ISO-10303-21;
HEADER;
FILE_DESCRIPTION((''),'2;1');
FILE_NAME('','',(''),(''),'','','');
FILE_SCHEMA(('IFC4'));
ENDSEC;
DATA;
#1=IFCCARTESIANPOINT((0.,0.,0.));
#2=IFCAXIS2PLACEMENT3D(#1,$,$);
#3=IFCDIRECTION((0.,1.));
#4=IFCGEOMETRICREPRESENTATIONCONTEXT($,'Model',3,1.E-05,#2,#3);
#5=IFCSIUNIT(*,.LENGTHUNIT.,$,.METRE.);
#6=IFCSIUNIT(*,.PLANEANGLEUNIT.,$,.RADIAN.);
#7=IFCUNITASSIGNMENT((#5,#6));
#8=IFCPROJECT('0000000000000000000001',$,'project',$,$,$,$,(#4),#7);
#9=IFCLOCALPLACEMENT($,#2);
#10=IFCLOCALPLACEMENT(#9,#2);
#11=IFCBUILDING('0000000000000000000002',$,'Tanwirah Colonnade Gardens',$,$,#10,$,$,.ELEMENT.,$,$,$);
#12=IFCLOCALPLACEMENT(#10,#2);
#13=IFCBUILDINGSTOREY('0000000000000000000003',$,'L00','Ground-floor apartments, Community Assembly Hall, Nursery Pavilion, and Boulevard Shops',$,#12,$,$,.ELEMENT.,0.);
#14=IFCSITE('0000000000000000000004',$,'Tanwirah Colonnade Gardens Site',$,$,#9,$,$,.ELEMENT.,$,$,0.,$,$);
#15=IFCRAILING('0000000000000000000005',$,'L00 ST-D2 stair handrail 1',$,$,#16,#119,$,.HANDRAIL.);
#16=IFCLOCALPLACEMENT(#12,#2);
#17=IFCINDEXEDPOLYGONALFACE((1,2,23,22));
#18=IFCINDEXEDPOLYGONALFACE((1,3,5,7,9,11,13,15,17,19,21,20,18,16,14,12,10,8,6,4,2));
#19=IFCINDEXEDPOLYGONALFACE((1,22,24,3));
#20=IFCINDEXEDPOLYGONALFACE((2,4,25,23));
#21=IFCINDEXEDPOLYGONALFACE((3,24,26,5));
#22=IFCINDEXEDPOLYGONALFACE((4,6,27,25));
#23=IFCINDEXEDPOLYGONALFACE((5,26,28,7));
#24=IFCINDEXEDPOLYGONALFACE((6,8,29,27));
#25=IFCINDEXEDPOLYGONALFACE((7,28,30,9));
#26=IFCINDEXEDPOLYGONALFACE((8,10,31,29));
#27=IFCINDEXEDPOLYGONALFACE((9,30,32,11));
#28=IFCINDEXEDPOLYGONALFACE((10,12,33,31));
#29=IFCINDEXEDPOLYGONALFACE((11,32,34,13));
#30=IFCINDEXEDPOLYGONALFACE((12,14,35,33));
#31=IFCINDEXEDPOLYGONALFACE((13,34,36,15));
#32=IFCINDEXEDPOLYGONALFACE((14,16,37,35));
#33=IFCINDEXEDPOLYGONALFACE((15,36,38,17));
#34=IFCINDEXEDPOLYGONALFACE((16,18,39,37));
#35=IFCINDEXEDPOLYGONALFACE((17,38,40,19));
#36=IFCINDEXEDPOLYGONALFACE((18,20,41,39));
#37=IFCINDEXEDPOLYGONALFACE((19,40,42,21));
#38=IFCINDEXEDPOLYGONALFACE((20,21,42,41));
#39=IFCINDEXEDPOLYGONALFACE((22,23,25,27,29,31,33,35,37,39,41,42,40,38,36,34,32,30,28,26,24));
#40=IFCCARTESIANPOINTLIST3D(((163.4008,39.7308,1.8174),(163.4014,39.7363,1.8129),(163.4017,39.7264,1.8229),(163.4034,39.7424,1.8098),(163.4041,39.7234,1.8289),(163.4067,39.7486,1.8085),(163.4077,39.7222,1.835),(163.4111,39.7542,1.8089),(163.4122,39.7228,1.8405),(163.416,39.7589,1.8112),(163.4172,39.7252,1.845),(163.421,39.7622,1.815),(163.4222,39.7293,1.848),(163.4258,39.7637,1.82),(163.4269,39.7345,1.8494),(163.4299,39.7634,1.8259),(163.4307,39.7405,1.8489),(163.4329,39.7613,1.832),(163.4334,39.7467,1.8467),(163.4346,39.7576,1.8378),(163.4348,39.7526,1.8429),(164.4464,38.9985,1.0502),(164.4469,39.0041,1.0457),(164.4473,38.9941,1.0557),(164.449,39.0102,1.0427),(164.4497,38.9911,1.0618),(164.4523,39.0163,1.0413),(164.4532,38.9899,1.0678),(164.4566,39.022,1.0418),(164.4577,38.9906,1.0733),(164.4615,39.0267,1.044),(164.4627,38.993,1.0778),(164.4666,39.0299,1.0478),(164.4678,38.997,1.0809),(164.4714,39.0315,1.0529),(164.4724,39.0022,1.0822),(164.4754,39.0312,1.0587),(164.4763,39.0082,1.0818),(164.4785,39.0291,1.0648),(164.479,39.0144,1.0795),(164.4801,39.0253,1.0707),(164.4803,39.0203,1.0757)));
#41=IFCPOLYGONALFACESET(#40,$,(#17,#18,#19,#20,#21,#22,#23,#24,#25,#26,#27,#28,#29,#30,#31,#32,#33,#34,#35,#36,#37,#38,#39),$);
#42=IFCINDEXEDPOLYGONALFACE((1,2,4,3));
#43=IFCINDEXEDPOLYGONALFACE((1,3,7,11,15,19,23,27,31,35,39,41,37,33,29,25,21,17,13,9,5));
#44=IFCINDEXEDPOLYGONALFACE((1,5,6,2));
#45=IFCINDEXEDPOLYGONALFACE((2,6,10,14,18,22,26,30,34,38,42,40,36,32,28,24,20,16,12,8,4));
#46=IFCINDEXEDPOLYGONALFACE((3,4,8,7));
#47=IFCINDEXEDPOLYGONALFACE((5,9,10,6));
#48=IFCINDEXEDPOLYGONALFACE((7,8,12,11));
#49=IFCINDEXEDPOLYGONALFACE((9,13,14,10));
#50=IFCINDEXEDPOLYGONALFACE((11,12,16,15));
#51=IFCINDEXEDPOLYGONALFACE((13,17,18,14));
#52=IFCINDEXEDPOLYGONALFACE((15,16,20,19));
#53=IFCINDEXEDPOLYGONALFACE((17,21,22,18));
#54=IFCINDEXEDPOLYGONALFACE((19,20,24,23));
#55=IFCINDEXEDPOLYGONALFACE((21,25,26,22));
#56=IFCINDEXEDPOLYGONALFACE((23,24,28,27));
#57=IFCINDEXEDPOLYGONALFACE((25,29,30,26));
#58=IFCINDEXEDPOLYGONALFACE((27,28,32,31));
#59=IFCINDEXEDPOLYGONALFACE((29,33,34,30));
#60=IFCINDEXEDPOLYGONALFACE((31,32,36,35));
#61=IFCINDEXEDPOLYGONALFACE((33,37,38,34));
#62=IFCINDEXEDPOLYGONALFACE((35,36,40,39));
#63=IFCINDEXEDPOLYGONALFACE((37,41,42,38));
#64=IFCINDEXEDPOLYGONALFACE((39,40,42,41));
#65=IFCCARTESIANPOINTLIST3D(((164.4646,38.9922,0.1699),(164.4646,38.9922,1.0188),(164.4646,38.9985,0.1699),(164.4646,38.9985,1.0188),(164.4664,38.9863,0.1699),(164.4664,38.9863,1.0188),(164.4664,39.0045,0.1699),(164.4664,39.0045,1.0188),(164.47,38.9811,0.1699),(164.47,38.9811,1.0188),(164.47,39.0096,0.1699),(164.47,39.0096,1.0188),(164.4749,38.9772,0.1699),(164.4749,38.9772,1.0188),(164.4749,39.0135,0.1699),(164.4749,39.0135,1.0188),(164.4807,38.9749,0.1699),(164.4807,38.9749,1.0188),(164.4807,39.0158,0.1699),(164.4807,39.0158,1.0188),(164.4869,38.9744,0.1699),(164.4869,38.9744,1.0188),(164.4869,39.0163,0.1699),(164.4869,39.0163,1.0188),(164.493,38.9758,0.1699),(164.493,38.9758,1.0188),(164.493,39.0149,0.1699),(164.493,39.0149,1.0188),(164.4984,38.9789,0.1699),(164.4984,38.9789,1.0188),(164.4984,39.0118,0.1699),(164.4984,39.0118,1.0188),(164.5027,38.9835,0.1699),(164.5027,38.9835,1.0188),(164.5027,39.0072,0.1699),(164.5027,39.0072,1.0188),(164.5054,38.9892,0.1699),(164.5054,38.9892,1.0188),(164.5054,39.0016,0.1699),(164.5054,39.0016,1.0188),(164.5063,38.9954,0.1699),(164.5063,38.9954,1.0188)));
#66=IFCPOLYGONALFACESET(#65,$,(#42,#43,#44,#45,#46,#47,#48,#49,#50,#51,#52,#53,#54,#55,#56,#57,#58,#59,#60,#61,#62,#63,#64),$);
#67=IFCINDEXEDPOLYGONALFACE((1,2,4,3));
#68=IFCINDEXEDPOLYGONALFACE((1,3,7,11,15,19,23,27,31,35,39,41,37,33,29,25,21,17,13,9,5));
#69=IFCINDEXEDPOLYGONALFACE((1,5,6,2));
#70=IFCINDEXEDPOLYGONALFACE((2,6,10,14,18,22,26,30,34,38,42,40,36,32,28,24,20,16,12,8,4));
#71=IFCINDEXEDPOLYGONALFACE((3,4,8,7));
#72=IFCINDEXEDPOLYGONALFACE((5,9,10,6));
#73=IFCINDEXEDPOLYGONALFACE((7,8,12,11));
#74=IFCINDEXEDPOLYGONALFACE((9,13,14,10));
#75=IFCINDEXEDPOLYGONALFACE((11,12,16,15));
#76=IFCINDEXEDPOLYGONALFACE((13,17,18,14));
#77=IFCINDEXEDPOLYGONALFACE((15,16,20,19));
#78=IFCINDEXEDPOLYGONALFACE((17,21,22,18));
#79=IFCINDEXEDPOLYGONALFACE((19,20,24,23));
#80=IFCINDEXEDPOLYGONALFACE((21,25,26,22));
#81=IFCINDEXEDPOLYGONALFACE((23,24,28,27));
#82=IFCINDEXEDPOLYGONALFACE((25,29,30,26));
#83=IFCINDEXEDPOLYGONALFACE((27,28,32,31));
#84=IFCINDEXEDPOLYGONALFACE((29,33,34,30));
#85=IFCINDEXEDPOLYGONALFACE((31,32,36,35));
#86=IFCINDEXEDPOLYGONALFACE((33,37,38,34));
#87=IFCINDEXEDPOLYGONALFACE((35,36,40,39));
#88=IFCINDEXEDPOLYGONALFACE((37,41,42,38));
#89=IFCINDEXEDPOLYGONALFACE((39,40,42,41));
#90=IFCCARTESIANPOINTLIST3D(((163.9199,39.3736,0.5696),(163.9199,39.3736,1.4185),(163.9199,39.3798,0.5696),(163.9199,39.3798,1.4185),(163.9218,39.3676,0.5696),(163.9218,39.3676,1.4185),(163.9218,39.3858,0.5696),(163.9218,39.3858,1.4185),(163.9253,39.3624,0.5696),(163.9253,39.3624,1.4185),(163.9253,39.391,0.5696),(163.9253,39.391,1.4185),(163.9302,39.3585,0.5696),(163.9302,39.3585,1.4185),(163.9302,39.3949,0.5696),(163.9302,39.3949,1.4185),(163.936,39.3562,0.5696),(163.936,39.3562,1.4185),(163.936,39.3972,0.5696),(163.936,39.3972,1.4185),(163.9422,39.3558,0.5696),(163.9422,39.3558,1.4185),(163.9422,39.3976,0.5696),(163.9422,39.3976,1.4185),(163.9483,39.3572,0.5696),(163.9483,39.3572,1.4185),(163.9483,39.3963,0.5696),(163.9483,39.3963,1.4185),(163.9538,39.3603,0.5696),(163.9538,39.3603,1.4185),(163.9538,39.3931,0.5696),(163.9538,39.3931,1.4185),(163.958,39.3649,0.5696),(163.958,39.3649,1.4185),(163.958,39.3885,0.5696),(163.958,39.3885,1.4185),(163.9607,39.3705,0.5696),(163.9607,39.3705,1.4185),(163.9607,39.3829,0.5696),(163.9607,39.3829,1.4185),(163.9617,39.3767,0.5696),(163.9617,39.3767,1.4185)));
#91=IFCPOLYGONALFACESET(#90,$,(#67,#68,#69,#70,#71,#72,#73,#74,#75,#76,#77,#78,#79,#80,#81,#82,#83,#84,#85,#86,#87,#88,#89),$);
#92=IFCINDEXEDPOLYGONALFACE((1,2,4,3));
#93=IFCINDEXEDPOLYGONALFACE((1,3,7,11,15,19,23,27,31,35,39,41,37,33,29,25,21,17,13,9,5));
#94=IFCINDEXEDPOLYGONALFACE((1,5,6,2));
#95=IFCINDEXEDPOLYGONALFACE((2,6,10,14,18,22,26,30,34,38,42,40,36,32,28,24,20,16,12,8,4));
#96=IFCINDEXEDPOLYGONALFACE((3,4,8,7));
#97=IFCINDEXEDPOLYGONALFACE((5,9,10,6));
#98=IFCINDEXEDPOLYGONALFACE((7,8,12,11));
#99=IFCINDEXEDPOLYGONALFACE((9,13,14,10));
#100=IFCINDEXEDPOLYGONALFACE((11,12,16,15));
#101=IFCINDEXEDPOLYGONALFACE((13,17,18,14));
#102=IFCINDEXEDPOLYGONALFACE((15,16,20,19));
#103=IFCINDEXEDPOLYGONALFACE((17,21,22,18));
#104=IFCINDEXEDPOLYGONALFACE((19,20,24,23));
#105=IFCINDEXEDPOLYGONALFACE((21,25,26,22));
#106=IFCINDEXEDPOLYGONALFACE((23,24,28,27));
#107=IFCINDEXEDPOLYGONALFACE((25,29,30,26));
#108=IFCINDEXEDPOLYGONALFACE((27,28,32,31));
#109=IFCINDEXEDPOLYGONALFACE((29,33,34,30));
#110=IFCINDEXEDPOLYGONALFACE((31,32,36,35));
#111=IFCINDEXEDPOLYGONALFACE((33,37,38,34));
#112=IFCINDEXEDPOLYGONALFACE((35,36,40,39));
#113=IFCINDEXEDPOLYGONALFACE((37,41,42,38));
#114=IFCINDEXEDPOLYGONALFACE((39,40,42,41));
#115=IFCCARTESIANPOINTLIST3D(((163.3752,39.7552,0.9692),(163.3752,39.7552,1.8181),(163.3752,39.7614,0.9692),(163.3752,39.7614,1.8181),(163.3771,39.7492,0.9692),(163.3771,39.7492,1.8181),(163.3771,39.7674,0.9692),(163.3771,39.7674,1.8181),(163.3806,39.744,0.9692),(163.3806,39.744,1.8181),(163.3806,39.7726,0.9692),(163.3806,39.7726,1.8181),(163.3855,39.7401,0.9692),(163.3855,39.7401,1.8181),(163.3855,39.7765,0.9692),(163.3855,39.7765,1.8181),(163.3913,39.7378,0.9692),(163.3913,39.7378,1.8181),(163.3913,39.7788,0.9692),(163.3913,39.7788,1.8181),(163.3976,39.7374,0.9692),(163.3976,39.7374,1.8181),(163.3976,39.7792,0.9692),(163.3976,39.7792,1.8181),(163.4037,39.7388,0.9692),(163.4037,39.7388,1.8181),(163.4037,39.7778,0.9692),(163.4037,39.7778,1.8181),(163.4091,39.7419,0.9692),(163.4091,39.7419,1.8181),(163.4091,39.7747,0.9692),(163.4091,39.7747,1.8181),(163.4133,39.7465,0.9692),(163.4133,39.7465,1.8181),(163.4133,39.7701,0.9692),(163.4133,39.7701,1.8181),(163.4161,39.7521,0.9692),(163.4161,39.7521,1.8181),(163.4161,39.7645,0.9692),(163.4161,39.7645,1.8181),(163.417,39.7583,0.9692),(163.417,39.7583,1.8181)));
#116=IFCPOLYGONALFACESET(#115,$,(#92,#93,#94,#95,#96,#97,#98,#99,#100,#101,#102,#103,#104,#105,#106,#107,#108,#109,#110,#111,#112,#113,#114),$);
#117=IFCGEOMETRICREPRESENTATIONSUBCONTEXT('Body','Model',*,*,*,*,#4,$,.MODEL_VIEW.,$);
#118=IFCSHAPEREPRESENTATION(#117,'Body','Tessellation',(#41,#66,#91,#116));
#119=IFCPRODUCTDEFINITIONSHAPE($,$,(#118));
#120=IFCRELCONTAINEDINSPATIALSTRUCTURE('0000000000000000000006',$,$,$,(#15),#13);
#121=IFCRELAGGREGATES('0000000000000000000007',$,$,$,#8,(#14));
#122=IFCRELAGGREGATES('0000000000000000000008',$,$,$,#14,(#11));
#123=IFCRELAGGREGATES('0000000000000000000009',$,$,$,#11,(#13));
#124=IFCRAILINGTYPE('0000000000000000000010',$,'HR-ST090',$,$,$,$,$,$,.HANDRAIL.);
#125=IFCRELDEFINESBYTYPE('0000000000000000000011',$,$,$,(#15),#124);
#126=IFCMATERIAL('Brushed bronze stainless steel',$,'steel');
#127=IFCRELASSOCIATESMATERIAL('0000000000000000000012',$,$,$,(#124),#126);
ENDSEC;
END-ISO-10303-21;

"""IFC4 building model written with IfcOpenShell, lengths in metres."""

from ifc_helpers import new_model, si_unit, direction, frame, origin, origin_2d, place, context, subcontext, project, spatial, circle, extrude, material, type_object, element, save


model = new_model("IFC4")

# Units and contexts
model_context = context("Model", 3, precision=1e-05, world=origin(), true_north=direction((0.0, 1.0)))
body_context = subcontext(model_context, "Body", "Model", "MODEL_VIEW")
ifc_project = project(units=[si_unit("LENGTHUNIT", "METRE"), si_unit("PLANEANGLEUNIT", "RADIAN")], contexts=[model_context])

# Site, building, storey
site_placement = place(None, origin())
site = spatial("IfcSite", under=ifc_project, at=site_placement, Name="Tanwirah Colonnade Gardens Site", CompositionType="ELEMENT", RefElevation=0.0)
building_placement = place(site_placement, origin())
building = spatial("IfcBuilding", under=site, at=building_placement, Name="Tanwirah Colonnade Gardens", CompositionType="ELEMENT")
storey_placement = place(building_placement, origin())
storey = spatial("IfcBuildingStorey", under=building, at=storey_placement, Name="L00", Description="Ground-floor apartments, Community Assembly Hall, Nursery Pavilion, and Boulevard Shops", CompositionType="ELEMENT", Elevation=0.0)

# Railing
ifc_material_1 = material(Name="Brushed bronze stainless steel", Category="steel")
railing_type = type_object("IfcRailingType", Name="HR-ST090", PredefinedType="HANDRAIL", material=ifc_material_1)
railing_placement = place(storey_placement, frame((164.4854, 38.9954, 0.1699)))
element("IfcRailing", 1, at=railing_placement, inside=storey, type_object=railing_type, Name="L00 ST-D2 stair handrail 1", PredefinedType="HANDRAIL", context=body_context, shape_type="SweptSolid", body=[
    extrude(circle(Radius=0.0239, at=origin_2d()), frame((-0.022, 0.0154, 0.8918), z_axis=(-0.702054, 0.491689, 0.515133), x_axis=(-0.573659, -0.819094, 0.0)), (0.0, 0.0, 1.0), 1.4893),
    extrude(circle(Radius=0.021, at=origin_2d()), origin(), (0.0, 0.0, 1.0), 0.8489),
    extrude(circle(Radius=0.021, at=origin_2d()), frame((-0.5447, 0.3813, 0.3997)), (0.0, 0.0, 1.0), 0.8489),
    extrude(circle(Radius=0.021, at=origin_2d()), frame((-1.0894, 0.7629, 0.7993)), (0.0, 0.0, 1.0), 0.8489),
])

save(model, "model.ifc")
